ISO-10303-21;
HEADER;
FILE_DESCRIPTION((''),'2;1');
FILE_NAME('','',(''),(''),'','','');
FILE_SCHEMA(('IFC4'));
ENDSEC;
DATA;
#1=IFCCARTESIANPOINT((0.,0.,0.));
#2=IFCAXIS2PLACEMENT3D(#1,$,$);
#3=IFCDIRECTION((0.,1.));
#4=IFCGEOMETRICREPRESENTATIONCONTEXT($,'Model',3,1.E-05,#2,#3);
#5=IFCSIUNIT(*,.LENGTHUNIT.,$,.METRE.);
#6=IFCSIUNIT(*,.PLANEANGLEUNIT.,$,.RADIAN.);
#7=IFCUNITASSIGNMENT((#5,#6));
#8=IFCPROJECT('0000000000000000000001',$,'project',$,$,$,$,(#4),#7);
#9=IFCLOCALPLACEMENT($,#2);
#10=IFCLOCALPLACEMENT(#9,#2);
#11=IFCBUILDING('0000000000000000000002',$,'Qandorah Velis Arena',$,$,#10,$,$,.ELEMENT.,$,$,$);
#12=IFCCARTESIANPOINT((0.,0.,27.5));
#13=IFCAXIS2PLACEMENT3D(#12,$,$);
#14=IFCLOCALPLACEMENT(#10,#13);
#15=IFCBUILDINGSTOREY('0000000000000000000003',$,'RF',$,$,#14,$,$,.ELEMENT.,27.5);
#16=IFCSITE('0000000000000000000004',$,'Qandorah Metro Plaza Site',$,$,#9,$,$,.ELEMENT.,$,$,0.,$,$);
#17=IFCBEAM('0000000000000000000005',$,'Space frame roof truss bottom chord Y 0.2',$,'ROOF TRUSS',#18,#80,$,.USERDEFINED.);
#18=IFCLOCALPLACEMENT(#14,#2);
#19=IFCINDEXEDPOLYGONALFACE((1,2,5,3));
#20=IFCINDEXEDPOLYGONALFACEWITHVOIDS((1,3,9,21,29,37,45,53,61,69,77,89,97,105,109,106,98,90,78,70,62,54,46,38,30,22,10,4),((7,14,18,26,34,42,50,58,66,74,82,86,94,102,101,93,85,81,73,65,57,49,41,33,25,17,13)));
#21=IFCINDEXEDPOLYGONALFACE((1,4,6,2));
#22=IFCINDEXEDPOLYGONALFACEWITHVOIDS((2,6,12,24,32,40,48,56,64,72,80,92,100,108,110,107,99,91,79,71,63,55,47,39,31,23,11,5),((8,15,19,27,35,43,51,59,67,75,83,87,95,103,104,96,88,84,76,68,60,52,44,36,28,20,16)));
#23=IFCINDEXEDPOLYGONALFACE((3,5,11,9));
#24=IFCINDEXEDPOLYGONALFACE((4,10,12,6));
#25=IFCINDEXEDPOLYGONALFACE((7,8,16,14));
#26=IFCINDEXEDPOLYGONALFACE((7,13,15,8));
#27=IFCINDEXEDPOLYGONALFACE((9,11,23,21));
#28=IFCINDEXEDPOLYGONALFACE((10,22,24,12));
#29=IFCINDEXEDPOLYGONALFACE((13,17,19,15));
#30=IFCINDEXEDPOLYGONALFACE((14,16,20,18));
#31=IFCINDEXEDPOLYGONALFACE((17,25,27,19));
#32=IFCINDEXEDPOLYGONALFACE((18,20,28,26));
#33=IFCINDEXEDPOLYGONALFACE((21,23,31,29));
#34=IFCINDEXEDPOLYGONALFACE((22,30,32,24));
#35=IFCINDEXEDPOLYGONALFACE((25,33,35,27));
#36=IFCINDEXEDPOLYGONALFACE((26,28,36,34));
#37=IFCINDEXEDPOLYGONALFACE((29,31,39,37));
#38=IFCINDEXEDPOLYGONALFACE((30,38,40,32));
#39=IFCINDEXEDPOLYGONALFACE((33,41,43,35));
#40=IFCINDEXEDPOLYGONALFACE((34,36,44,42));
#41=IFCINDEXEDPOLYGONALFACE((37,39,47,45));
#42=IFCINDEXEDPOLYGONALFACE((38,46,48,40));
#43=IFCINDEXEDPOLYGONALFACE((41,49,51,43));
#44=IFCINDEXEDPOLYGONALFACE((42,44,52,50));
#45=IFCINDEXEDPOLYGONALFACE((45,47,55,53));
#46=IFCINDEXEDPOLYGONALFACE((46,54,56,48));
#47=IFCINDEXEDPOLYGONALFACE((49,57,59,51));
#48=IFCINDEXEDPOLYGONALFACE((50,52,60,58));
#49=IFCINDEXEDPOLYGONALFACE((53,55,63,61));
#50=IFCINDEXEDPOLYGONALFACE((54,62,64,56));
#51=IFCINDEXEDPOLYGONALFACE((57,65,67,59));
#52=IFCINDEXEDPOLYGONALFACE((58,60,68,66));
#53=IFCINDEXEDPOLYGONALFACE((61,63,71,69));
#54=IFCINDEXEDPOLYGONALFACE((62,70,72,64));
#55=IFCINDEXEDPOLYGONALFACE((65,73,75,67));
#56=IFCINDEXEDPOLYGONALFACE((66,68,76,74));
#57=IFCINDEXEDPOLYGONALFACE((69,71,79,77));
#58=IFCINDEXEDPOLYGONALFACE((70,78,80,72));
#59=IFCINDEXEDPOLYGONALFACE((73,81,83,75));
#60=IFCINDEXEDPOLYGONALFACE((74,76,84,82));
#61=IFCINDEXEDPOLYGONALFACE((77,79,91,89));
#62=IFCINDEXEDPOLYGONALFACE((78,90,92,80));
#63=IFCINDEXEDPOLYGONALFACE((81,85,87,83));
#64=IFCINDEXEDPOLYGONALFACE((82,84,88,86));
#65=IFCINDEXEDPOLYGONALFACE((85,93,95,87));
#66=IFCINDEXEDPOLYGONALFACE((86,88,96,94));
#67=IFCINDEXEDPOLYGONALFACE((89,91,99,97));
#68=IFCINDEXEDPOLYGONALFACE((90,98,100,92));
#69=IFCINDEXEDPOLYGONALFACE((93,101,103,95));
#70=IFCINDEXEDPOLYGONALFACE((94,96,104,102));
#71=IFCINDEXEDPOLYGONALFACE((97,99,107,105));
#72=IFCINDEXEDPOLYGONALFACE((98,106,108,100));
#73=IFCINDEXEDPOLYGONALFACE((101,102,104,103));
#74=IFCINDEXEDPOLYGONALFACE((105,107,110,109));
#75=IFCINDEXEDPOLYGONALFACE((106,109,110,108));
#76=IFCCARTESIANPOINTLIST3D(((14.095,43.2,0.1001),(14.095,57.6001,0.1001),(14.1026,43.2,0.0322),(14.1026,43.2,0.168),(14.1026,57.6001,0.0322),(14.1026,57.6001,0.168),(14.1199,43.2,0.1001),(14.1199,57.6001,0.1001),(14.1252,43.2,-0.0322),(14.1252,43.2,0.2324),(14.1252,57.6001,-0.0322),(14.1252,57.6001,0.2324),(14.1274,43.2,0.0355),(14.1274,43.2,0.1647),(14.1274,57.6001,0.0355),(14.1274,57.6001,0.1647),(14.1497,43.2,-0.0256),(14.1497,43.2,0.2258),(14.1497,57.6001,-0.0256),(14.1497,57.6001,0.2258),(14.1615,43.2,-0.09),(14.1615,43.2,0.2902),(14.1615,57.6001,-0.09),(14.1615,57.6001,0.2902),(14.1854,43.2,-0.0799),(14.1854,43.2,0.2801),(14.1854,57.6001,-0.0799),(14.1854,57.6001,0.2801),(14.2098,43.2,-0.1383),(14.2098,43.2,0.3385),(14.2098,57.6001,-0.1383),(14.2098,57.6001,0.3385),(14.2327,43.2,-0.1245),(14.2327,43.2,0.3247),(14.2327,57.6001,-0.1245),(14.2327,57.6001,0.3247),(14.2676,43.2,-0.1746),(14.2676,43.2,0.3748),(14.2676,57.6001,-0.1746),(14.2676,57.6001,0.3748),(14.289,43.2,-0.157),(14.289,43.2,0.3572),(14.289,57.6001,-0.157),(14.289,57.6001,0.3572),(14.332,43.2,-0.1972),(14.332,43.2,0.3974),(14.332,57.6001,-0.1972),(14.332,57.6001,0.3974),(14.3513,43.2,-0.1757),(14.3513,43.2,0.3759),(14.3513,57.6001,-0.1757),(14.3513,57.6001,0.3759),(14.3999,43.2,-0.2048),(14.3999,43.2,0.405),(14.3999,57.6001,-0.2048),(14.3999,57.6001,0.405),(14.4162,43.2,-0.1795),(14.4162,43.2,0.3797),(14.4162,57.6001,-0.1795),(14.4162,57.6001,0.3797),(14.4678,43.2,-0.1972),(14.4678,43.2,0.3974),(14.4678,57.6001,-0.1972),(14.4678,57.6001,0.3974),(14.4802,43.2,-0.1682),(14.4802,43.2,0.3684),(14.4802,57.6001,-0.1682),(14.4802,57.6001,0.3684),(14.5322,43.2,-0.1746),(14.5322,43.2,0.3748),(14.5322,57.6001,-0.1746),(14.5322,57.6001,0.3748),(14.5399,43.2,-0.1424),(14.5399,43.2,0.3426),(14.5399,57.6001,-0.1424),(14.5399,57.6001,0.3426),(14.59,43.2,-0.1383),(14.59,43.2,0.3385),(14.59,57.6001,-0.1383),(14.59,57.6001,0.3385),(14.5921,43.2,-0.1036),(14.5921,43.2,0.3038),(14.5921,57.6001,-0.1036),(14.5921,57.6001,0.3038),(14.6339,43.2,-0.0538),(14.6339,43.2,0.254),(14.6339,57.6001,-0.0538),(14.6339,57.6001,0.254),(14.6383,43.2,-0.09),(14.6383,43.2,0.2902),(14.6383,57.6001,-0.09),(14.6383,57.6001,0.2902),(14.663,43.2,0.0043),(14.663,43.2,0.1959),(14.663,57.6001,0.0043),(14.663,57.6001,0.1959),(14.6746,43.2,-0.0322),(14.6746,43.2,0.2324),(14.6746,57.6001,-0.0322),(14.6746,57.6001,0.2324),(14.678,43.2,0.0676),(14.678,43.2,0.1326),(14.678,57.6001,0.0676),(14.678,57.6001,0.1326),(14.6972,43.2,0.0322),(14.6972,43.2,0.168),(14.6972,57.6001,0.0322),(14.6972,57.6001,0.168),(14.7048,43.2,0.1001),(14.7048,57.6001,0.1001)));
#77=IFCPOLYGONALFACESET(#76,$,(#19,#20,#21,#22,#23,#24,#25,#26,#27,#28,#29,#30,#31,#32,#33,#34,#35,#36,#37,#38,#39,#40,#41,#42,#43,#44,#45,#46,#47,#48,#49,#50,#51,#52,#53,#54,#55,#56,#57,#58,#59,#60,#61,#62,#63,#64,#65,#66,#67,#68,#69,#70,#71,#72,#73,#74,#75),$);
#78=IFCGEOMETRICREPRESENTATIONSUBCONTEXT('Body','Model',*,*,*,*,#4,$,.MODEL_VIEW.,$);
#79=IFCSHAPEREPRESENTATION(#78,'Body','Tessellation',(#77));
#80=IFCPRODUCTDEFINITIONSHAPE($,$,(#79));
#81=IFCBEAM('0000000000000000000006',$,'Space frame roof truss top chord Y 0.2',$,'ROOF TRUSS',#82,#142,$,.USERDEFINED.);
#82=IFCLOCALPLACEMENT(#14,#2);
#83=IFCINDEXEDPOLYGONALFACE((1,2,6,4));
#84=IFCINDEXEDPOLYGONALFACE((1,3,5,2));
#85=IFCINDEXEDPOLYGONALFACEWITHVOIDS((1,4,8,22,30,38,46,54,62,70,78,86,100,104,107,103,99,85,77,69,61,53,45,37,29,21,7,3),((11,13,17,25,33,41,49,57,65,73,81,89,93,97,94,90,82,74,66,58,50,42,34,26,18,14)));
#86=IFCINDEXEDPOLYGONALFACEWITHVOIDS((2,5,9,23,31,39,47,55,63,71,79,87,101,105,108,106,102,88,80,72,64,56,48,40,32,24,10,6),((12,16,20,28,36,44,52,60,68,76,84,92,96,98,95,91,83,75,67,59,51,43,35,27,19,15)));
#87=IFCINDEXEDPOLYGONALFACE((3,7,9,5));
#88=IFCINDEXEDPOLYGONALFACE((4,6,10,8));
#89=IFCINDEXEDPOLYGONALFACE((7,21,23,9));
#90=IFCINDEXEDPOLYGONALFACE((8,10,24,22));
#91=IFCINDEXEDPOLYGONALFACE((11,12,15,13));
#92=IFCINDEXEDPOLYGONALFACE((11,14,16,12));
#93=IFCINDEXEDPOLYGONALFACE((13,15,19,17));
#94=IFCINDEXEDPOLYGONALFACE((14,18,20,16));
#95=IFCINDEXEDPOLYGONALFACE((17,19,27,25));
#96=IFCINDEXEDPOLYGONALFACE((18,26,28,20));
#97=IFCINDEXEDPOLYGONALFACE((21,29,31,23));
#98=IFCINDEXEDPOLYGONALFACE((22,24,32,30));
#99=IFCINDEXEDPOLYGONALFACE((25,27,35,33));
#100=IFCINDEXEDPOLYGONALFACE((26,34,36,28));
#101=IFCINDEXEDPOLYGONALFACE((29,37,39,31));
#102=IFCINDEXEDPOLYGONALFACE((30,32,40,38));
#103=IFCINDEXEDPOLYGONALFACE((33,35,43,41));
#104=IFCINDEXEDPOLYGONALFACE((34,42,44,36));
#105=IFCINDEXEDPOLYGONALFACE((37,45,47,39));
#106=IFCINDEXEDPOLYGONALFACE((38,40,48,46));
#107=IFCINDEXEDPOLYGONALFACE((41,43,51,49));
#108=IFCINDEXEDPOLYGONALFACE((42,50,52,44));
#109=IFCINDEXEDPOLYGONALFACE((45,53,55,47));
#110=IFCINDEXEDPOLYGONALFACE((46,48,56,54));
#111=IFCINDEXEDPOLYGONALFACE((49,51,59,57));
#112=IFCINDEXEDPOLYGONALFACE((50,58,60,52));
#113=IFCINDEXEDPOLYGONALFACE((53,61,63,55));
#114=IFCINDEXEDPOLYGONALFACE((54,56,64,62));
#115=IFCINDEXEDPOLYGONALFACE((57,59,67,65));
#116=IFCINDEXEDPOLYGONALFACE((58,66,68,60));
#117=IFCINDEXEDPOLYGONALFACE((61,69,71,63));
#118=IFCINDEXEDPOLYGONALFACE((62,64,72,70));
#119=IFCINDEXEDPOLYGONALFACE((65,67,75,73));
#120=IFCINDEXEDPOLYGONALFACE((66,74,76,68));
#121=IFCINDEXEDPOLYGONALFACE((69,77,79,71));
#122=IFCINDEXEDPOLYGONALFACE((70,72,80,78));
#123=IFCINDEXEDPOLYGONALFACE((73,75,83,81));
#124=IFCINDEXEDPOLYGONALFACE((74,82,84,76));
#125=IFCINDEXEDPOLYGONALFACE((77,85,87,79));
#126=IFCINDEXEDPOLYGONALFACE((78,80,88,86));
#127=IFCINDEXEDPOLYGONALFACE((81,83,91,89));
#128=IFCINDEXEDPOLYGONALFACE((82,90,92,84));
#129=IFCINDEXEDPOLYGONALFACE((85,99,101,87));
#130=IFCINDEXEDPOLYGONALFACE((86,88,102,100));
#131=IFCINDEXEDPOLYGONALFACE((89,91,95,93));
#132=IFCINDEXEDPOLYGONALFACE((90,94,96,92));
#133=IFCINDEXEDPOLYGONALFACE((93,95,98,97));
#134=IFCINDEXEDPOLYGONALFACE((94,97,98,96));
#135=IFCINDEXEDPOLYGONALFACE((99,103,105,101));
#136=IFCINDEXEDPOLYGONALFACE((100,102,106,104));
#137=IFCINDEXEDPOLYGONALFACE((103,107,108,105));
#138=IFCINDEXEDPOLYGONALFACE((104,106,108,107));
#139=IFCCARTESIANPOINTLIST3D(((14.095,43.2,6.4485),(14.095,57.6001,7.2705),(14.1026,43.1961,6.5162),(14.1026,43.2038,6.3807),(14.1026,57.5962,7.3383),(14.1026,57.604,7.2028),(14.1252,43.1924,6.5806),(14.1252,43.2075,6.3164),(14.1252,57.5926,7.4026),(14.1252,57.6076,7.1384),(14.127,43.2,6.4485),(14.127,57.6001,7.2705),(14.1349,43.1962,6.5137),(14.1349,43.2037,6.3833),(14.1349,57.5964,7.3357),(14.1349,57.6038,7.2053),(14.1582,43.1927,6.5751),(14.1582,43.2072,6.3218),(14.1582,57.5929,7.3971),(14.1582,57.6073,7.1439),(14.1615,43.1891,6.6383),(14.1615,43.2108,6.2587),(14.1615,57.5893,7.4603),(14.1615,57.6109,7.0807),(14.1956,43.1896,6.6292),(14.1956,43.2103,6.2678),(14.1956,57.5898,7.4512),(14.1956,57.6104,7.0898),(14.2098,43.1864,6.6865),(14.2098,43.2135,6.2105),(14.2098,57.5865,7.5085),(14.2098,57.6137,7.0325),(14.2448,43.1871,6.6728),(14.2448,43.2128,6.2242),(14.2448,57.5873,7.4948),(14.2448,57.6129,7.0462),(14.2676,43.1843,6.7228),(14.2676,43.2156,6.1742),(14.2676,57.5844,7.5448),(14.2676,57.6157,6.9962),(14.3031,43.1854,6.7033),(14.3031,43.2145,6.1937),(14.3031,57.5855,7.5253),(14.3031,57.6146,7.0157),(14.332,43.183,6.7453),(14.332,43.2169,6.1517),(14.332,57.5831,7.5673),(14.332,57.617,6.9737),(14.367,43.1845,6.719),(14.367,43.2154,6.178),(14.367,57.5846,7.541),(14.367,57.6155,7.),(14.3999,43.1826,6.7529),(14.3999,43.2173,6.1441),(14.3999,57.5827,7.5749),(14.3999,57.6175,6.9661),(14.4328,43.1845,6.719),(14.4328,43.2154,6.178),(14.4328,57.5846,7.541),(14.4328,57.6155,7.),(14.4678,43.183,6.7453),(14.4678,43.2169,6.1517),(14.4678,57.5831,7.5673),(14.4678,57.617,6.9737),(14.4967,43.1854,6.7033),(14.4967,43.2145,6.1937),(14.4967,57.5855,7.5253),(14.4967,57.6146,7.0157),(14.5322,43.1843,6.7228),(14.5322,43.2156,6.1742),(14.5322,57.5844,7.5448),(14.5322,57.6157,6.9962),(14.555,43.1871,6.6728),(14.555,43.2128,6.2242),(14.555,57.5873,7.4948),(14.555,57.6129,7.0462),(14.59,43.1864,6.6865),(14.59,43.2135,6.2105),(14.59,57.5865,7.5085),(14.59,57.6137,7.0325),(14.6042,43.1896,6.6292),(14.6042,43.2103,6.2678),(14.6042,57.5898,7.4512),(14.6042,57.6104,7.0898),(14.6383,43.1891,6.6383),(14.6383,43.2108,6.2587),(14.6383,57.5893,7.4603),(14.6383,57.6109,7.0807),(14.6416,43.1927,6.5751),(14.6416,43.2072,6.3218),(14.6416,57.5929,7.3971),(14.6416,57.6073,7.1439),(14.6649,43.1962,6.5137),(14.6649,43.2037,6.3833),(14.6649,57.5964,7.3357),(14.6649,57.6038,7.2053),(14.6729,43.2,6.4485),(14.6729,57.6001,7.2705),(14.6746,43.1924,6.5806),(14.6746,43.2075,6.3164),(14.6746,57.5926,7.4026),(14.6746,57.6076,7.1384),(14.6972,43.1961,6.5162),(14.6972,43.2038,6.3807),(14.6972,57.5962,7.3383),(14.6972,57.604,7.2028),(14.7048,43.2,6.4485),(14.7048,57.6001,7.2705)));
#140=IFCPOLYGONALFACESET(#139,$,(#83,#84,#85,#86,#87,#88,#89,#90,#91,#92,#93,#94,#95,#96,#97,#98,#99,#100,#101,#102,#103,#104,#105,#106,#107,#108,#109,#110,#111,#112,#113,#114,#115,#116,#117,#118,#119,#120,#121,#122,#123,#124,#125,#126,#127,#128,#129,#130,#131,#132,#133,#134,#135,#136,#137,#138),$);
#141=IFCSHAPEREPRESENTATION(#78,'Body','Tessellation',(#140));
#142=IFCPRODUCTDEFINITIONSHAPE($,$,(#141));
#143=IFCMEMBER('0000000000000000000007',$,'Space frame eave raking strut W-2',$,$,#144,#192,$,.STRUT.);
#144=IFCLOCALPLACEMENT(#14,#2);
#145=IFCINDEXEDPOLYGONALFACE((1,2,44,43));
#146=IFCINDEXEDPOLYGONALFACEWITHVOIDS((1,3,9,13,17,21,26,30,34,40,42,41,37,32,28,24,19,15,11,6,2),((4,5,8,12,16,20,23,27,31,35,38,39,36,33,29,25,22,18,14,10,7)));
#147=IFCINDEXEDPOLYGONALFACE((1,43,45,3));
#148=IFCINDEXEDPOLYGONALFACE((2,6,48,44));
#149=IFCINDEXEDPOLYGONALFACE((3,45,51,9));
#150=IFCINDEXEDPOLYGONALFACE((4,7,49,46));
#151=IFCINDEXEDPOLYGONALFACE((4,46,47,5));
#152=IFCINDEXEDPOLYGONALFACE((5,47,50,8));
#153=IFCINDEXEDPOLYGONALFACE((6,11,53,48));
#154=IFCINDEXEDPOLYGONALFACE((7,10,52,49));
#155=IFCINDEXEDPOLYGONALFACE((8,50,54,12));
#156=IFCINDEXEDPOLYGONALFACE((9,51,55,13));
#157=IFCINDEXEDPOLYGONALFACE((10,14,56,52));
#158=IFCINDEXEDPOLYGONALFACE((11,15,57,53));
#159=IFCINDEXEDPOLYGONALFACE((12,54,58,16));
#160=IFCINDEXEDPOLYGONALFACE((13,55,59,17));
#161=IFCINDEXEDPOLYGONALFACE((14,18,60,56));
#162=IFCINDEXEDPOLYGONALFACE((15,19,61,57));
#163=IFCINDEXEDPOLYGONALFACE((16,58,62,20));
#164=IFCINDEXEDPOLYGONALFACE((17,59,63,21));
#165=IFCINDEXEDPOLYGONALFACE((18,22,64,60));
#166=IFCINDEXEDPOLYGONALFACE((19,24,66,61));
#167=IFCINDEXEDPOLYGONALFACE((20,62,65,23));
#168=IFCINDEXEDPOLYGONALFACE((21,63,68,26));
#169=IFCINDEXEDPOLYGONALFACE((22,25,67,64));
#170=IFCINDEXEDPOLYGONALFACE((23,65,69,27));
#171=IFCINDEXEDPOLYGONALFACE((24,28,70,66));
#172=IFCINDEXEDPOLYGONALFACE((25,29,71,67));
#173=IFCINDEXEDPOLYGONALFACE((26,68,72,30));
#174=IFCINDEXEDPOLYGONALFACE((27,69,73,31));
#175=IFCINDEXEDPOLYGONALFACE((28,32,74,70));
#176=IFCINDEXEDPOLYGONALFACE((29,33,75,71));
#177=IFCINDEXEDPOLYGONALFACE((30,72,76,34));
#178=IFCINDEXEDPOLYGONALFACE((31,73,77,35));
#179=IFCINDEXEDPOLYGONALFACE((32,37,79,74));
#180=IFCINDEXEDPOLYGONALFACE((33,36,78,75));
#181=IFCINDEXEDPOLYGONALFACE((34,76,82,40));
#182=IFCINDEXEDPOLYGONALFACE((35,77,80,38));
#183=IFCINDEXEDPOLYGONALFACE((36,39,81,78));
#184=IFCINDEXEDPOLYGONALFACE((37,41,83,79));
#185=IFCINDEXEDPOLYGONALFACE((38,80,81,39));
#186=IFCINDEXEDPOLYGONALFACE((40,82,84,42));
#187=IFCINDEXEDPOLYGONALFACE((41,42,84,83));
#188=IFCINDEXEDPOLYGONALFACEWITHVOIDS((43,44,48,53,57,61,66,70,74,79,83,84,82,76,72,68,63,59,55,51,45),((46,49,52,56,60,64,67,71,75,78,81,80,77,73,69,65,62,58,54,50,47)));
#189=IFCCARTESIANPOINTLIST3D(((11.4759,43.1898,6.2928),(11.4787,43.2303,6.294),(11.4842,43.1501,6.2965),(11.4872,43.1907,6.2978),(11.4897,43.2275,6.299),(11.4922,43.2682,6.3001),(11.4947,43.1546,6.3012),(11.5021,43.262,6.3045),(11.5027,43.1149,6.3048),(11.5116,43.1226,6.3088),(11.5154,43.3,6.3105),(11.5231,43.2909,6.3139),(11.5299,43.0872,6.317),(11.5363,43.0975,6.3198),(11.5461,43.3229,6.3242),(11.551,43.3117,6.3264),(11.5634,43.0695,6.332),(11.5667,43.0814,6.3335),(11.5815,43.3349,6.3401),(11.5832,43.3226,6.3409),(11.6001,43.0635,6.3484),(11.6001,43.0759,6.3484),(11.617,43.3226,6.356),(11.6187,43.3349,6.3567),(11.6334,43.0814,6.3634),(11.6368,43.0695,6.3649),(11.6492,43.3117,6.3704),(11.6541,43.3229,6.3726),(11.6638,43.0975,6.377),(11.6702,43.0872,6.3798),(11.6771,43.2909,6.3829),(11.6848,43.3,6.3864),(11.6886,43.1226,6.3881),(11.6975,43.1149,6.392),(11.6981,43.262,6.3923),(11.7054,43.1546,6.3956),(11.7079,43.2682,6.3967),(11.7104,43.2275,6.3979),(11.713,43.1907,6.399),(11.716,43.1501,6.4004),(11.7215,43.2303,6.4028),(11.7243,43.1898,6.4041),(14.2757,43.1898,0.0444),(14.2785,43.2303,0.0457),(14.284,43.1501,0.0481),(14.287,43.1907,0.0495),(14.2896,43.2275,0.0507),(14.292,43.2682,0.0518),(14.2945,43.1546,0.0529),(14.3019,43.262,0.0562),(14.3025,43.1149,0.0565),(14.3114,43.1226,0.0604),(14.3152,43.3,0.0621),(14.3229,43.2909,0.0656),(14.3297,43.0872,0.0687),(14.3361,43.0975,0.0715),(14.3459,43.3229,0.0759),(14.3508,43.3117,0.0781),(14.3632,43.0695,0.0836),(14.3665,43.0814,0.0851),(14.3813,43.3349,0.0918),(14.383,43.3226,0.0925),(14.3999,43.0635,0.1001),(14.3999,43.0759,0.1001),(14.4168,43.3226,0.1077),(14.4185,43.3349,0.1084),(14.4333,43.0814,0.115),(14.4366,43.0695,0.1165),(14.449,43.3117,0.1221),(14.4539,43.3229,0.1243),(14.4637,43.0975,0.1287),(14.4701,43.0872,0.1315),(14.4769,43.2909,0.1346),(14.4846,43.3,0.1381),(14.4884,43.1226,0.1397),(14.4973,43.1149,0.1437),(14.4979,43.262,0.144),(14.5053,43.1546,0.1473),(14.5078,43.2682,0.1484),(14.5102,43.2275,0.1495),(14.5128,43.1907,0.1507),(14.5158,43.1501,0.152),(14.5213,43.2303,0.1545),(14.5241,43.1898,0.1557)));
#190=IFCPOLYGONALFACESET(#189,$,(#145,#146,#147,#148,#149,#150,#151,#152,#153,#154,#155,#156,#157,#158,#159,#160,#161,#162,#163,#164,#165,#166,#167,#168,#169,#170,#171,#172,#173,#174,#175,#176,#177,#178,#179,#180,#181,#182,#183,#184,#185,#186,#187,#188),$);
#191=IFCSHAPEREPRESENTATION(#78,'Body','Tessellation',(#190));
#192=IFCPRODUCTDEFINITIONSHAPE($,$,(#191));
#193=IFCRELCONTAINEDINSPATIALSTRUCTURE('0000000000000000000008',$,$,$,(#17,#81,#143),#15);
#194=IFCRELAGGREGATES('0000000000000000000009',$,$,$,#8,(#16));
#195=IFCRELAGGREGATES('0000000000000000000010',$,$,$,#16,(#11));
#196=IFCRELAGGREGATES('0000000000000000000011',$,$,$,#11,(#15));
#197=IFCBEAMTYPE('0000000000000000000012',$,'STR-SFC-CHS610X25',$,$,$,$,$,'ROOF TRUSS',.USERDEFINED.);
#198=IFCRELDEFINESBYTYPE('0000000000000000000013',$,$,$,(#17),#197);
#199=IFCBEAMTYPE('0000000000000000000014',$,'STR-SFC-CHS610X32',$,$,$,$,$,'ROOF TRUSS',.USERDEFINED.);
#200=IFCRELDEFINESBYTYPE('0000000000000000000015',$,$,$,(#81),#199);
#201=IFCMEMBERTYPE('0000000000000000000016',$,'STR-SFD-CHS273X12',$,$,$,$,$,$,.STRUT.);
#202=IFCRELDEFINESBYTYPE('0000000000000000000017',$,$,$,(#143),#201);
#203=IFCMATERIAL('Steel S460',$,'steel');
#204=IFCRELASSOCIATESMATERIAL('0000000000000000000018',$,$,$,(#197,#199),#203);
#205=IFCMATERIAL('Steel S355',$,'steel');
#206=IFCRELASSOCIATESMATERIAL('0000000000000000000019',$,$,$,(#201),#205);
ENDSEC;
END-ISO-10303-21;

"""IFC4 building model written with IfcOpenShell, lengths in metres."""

from ifc_helpers import new_model, si_unit, direction, frame, origin, origin_2d, place, context, subcontext, project, spatial, hollow_circle, extrude, material, material_profile, profile_set, type_object, element, save


model = new_model("IFC4")

# Units and contexts
model_context = context("Model", 3, precision=1e-05, world=origin(), true_north=direction((0.0, 1.0)))
body_context = subcontext(model_context, "Body", "Model", "MODEL_VIEW")
ifc_project = project(units=[si_unit("LENGTHUNIT", "METRE"), si_unit("PLANEANGLEUNIT", "RADIAN")], contexts=[model_context])

# Site, building, storey
site_placement = place(None, origin())
site = spatial("IfcSite", under=ifc_project, at=site_placement, Name="Qandorah Metro Plaza Site", CompositionType="ELEMENT", RefElevation=0.0)
building_placement = place(site_placement, origin())
building = spatial("IfcBuilding", under=site, at=building_placement, Name="Qandorah Velis Arena", CompositionType="ELEMENT")
storey_placement = place(building_placement, frame((0.0, 0.0, 27.5)))
storey = spatial("IfcBuildingStorey", under=building, at=storey_placement, Name="RF", CompositionType="ELEMENT", Elevation=27.5)

# Beams
ifc_material_1 = material(Name="Steel S355", Category="steel")
ifc_material_2 = material(Name="Steel S460", Category="steel")
ifc_material_profile_1 = material_profile(ifc_material_2, hollow_circle(Radius=0.3049, WallThickness=0.0249, at=origin_2d()), Name="CHS 610x25")
ifc_profile_set_1 = profile_set([ifc_material_profile_1], Name="Steel S460")
beam_type_1 = type_object("IfcBeamType", Name="STR-SFC-CHS610X25", ElementType="ROOF TRUSS", PredefinedType="USERDEFINED", material=ifc_profile_set_1)
beam_1_placement = place(storey_placement, frame((14.3999, 43.2, 0.1001), z_axis=(0.0, 1.0, 0.0), x_axis=(-1.0, 0.0, 0.0)))
element("IfcBeam", 1, at=beam_1_placement, inside=storey, type_object=beam_type_1, Name="Space frame roof truss bottom chord Y 0.2", ObjectType="ROOF TRUSS", PredefinedType="USERDEFINED", context=body_context, shape_type="SweptSolid", body=[
    extrude(hollow_circle(Radius=0.3049, WallThickness=0.0249, at=origin_2d()), origin(), (0.0, 0.0, 1.0), 14.4001),
])
ifc_material_profile_2 = material_profile(ifc_material_2, hollow_circle(Radius=0.3049, WallThickness=0.032, at=origin_2d()), Name="CHS 610x32")
ifc_profile_set_2 = profile_set([ifc_material_profile_2], Name="Steel S460")
beam_type_2 = type_object("IfcBeamType", Name="STR-SFC-CHS610X32", ElementType="ROOF TRUSS", PredefinedType="USERDEFINED", material=ifc_profile_set_2)
beam_2_placement = place(storey_placement, frame((14.3999, 43.2, 6.4485), z_axis=(0.0, 0.998375, 0.056991), x_axis=(-1.0, 0.0, 0.0)))
element("IfcBeam", 2, at=beam_2_placement, inside=storey, type_object=beam_type_2, Name="Space frame roof truss top chord Y 0.2", ObjectType="ROOF TRUSS", PredefinedType="USERDEFINED", context=body_context, shape_type="SweptSolid", body=[
    extrude(hollow_circle(Radius=0.3049, WallThickness=0.032, at=origin_2d()), origin(), (0.0, 0.0, 1.0), 14.4236),
])

# Member
ifc_material_profile_3 = material_profile(ifc_material_1, hollow_circle(Radius=0.1365, WallThickness=0.0125, at=origin_2d()), Name="CHS 273x12.5")
ifc_profile_set_3 = profile_set([ifc_material_profile_3], Name="Steel S355")
member_type_1 = type_object("IfcMemberType", Name="STR-SFD-CHS273X12", PredefinedType="STRUT", material=ifc_profile_set_3)
member_1_placement = place(storey_placement, frame((14.3999, 43.2, 0.1001), z_axis=(-0.408916, 0.0, 0.912572), x_axis=(0.0, -1.0, 0.0)))
element("IfcMember", 3, at=member_1_placement, inside=storey, type_object=member_type_1, Name="Space frame eave raking strut W-2", PredefinedType="STRUT", context=body_context, shape_type="SweptSolid", body=[
    extrude(hollow_circle(Radius=0.1365, WallThickness=0.0125, at=origin_2d()), origin(), (0.0, 0.0, 1.0), 6.8469),
])

save(model, "model.ifc")
